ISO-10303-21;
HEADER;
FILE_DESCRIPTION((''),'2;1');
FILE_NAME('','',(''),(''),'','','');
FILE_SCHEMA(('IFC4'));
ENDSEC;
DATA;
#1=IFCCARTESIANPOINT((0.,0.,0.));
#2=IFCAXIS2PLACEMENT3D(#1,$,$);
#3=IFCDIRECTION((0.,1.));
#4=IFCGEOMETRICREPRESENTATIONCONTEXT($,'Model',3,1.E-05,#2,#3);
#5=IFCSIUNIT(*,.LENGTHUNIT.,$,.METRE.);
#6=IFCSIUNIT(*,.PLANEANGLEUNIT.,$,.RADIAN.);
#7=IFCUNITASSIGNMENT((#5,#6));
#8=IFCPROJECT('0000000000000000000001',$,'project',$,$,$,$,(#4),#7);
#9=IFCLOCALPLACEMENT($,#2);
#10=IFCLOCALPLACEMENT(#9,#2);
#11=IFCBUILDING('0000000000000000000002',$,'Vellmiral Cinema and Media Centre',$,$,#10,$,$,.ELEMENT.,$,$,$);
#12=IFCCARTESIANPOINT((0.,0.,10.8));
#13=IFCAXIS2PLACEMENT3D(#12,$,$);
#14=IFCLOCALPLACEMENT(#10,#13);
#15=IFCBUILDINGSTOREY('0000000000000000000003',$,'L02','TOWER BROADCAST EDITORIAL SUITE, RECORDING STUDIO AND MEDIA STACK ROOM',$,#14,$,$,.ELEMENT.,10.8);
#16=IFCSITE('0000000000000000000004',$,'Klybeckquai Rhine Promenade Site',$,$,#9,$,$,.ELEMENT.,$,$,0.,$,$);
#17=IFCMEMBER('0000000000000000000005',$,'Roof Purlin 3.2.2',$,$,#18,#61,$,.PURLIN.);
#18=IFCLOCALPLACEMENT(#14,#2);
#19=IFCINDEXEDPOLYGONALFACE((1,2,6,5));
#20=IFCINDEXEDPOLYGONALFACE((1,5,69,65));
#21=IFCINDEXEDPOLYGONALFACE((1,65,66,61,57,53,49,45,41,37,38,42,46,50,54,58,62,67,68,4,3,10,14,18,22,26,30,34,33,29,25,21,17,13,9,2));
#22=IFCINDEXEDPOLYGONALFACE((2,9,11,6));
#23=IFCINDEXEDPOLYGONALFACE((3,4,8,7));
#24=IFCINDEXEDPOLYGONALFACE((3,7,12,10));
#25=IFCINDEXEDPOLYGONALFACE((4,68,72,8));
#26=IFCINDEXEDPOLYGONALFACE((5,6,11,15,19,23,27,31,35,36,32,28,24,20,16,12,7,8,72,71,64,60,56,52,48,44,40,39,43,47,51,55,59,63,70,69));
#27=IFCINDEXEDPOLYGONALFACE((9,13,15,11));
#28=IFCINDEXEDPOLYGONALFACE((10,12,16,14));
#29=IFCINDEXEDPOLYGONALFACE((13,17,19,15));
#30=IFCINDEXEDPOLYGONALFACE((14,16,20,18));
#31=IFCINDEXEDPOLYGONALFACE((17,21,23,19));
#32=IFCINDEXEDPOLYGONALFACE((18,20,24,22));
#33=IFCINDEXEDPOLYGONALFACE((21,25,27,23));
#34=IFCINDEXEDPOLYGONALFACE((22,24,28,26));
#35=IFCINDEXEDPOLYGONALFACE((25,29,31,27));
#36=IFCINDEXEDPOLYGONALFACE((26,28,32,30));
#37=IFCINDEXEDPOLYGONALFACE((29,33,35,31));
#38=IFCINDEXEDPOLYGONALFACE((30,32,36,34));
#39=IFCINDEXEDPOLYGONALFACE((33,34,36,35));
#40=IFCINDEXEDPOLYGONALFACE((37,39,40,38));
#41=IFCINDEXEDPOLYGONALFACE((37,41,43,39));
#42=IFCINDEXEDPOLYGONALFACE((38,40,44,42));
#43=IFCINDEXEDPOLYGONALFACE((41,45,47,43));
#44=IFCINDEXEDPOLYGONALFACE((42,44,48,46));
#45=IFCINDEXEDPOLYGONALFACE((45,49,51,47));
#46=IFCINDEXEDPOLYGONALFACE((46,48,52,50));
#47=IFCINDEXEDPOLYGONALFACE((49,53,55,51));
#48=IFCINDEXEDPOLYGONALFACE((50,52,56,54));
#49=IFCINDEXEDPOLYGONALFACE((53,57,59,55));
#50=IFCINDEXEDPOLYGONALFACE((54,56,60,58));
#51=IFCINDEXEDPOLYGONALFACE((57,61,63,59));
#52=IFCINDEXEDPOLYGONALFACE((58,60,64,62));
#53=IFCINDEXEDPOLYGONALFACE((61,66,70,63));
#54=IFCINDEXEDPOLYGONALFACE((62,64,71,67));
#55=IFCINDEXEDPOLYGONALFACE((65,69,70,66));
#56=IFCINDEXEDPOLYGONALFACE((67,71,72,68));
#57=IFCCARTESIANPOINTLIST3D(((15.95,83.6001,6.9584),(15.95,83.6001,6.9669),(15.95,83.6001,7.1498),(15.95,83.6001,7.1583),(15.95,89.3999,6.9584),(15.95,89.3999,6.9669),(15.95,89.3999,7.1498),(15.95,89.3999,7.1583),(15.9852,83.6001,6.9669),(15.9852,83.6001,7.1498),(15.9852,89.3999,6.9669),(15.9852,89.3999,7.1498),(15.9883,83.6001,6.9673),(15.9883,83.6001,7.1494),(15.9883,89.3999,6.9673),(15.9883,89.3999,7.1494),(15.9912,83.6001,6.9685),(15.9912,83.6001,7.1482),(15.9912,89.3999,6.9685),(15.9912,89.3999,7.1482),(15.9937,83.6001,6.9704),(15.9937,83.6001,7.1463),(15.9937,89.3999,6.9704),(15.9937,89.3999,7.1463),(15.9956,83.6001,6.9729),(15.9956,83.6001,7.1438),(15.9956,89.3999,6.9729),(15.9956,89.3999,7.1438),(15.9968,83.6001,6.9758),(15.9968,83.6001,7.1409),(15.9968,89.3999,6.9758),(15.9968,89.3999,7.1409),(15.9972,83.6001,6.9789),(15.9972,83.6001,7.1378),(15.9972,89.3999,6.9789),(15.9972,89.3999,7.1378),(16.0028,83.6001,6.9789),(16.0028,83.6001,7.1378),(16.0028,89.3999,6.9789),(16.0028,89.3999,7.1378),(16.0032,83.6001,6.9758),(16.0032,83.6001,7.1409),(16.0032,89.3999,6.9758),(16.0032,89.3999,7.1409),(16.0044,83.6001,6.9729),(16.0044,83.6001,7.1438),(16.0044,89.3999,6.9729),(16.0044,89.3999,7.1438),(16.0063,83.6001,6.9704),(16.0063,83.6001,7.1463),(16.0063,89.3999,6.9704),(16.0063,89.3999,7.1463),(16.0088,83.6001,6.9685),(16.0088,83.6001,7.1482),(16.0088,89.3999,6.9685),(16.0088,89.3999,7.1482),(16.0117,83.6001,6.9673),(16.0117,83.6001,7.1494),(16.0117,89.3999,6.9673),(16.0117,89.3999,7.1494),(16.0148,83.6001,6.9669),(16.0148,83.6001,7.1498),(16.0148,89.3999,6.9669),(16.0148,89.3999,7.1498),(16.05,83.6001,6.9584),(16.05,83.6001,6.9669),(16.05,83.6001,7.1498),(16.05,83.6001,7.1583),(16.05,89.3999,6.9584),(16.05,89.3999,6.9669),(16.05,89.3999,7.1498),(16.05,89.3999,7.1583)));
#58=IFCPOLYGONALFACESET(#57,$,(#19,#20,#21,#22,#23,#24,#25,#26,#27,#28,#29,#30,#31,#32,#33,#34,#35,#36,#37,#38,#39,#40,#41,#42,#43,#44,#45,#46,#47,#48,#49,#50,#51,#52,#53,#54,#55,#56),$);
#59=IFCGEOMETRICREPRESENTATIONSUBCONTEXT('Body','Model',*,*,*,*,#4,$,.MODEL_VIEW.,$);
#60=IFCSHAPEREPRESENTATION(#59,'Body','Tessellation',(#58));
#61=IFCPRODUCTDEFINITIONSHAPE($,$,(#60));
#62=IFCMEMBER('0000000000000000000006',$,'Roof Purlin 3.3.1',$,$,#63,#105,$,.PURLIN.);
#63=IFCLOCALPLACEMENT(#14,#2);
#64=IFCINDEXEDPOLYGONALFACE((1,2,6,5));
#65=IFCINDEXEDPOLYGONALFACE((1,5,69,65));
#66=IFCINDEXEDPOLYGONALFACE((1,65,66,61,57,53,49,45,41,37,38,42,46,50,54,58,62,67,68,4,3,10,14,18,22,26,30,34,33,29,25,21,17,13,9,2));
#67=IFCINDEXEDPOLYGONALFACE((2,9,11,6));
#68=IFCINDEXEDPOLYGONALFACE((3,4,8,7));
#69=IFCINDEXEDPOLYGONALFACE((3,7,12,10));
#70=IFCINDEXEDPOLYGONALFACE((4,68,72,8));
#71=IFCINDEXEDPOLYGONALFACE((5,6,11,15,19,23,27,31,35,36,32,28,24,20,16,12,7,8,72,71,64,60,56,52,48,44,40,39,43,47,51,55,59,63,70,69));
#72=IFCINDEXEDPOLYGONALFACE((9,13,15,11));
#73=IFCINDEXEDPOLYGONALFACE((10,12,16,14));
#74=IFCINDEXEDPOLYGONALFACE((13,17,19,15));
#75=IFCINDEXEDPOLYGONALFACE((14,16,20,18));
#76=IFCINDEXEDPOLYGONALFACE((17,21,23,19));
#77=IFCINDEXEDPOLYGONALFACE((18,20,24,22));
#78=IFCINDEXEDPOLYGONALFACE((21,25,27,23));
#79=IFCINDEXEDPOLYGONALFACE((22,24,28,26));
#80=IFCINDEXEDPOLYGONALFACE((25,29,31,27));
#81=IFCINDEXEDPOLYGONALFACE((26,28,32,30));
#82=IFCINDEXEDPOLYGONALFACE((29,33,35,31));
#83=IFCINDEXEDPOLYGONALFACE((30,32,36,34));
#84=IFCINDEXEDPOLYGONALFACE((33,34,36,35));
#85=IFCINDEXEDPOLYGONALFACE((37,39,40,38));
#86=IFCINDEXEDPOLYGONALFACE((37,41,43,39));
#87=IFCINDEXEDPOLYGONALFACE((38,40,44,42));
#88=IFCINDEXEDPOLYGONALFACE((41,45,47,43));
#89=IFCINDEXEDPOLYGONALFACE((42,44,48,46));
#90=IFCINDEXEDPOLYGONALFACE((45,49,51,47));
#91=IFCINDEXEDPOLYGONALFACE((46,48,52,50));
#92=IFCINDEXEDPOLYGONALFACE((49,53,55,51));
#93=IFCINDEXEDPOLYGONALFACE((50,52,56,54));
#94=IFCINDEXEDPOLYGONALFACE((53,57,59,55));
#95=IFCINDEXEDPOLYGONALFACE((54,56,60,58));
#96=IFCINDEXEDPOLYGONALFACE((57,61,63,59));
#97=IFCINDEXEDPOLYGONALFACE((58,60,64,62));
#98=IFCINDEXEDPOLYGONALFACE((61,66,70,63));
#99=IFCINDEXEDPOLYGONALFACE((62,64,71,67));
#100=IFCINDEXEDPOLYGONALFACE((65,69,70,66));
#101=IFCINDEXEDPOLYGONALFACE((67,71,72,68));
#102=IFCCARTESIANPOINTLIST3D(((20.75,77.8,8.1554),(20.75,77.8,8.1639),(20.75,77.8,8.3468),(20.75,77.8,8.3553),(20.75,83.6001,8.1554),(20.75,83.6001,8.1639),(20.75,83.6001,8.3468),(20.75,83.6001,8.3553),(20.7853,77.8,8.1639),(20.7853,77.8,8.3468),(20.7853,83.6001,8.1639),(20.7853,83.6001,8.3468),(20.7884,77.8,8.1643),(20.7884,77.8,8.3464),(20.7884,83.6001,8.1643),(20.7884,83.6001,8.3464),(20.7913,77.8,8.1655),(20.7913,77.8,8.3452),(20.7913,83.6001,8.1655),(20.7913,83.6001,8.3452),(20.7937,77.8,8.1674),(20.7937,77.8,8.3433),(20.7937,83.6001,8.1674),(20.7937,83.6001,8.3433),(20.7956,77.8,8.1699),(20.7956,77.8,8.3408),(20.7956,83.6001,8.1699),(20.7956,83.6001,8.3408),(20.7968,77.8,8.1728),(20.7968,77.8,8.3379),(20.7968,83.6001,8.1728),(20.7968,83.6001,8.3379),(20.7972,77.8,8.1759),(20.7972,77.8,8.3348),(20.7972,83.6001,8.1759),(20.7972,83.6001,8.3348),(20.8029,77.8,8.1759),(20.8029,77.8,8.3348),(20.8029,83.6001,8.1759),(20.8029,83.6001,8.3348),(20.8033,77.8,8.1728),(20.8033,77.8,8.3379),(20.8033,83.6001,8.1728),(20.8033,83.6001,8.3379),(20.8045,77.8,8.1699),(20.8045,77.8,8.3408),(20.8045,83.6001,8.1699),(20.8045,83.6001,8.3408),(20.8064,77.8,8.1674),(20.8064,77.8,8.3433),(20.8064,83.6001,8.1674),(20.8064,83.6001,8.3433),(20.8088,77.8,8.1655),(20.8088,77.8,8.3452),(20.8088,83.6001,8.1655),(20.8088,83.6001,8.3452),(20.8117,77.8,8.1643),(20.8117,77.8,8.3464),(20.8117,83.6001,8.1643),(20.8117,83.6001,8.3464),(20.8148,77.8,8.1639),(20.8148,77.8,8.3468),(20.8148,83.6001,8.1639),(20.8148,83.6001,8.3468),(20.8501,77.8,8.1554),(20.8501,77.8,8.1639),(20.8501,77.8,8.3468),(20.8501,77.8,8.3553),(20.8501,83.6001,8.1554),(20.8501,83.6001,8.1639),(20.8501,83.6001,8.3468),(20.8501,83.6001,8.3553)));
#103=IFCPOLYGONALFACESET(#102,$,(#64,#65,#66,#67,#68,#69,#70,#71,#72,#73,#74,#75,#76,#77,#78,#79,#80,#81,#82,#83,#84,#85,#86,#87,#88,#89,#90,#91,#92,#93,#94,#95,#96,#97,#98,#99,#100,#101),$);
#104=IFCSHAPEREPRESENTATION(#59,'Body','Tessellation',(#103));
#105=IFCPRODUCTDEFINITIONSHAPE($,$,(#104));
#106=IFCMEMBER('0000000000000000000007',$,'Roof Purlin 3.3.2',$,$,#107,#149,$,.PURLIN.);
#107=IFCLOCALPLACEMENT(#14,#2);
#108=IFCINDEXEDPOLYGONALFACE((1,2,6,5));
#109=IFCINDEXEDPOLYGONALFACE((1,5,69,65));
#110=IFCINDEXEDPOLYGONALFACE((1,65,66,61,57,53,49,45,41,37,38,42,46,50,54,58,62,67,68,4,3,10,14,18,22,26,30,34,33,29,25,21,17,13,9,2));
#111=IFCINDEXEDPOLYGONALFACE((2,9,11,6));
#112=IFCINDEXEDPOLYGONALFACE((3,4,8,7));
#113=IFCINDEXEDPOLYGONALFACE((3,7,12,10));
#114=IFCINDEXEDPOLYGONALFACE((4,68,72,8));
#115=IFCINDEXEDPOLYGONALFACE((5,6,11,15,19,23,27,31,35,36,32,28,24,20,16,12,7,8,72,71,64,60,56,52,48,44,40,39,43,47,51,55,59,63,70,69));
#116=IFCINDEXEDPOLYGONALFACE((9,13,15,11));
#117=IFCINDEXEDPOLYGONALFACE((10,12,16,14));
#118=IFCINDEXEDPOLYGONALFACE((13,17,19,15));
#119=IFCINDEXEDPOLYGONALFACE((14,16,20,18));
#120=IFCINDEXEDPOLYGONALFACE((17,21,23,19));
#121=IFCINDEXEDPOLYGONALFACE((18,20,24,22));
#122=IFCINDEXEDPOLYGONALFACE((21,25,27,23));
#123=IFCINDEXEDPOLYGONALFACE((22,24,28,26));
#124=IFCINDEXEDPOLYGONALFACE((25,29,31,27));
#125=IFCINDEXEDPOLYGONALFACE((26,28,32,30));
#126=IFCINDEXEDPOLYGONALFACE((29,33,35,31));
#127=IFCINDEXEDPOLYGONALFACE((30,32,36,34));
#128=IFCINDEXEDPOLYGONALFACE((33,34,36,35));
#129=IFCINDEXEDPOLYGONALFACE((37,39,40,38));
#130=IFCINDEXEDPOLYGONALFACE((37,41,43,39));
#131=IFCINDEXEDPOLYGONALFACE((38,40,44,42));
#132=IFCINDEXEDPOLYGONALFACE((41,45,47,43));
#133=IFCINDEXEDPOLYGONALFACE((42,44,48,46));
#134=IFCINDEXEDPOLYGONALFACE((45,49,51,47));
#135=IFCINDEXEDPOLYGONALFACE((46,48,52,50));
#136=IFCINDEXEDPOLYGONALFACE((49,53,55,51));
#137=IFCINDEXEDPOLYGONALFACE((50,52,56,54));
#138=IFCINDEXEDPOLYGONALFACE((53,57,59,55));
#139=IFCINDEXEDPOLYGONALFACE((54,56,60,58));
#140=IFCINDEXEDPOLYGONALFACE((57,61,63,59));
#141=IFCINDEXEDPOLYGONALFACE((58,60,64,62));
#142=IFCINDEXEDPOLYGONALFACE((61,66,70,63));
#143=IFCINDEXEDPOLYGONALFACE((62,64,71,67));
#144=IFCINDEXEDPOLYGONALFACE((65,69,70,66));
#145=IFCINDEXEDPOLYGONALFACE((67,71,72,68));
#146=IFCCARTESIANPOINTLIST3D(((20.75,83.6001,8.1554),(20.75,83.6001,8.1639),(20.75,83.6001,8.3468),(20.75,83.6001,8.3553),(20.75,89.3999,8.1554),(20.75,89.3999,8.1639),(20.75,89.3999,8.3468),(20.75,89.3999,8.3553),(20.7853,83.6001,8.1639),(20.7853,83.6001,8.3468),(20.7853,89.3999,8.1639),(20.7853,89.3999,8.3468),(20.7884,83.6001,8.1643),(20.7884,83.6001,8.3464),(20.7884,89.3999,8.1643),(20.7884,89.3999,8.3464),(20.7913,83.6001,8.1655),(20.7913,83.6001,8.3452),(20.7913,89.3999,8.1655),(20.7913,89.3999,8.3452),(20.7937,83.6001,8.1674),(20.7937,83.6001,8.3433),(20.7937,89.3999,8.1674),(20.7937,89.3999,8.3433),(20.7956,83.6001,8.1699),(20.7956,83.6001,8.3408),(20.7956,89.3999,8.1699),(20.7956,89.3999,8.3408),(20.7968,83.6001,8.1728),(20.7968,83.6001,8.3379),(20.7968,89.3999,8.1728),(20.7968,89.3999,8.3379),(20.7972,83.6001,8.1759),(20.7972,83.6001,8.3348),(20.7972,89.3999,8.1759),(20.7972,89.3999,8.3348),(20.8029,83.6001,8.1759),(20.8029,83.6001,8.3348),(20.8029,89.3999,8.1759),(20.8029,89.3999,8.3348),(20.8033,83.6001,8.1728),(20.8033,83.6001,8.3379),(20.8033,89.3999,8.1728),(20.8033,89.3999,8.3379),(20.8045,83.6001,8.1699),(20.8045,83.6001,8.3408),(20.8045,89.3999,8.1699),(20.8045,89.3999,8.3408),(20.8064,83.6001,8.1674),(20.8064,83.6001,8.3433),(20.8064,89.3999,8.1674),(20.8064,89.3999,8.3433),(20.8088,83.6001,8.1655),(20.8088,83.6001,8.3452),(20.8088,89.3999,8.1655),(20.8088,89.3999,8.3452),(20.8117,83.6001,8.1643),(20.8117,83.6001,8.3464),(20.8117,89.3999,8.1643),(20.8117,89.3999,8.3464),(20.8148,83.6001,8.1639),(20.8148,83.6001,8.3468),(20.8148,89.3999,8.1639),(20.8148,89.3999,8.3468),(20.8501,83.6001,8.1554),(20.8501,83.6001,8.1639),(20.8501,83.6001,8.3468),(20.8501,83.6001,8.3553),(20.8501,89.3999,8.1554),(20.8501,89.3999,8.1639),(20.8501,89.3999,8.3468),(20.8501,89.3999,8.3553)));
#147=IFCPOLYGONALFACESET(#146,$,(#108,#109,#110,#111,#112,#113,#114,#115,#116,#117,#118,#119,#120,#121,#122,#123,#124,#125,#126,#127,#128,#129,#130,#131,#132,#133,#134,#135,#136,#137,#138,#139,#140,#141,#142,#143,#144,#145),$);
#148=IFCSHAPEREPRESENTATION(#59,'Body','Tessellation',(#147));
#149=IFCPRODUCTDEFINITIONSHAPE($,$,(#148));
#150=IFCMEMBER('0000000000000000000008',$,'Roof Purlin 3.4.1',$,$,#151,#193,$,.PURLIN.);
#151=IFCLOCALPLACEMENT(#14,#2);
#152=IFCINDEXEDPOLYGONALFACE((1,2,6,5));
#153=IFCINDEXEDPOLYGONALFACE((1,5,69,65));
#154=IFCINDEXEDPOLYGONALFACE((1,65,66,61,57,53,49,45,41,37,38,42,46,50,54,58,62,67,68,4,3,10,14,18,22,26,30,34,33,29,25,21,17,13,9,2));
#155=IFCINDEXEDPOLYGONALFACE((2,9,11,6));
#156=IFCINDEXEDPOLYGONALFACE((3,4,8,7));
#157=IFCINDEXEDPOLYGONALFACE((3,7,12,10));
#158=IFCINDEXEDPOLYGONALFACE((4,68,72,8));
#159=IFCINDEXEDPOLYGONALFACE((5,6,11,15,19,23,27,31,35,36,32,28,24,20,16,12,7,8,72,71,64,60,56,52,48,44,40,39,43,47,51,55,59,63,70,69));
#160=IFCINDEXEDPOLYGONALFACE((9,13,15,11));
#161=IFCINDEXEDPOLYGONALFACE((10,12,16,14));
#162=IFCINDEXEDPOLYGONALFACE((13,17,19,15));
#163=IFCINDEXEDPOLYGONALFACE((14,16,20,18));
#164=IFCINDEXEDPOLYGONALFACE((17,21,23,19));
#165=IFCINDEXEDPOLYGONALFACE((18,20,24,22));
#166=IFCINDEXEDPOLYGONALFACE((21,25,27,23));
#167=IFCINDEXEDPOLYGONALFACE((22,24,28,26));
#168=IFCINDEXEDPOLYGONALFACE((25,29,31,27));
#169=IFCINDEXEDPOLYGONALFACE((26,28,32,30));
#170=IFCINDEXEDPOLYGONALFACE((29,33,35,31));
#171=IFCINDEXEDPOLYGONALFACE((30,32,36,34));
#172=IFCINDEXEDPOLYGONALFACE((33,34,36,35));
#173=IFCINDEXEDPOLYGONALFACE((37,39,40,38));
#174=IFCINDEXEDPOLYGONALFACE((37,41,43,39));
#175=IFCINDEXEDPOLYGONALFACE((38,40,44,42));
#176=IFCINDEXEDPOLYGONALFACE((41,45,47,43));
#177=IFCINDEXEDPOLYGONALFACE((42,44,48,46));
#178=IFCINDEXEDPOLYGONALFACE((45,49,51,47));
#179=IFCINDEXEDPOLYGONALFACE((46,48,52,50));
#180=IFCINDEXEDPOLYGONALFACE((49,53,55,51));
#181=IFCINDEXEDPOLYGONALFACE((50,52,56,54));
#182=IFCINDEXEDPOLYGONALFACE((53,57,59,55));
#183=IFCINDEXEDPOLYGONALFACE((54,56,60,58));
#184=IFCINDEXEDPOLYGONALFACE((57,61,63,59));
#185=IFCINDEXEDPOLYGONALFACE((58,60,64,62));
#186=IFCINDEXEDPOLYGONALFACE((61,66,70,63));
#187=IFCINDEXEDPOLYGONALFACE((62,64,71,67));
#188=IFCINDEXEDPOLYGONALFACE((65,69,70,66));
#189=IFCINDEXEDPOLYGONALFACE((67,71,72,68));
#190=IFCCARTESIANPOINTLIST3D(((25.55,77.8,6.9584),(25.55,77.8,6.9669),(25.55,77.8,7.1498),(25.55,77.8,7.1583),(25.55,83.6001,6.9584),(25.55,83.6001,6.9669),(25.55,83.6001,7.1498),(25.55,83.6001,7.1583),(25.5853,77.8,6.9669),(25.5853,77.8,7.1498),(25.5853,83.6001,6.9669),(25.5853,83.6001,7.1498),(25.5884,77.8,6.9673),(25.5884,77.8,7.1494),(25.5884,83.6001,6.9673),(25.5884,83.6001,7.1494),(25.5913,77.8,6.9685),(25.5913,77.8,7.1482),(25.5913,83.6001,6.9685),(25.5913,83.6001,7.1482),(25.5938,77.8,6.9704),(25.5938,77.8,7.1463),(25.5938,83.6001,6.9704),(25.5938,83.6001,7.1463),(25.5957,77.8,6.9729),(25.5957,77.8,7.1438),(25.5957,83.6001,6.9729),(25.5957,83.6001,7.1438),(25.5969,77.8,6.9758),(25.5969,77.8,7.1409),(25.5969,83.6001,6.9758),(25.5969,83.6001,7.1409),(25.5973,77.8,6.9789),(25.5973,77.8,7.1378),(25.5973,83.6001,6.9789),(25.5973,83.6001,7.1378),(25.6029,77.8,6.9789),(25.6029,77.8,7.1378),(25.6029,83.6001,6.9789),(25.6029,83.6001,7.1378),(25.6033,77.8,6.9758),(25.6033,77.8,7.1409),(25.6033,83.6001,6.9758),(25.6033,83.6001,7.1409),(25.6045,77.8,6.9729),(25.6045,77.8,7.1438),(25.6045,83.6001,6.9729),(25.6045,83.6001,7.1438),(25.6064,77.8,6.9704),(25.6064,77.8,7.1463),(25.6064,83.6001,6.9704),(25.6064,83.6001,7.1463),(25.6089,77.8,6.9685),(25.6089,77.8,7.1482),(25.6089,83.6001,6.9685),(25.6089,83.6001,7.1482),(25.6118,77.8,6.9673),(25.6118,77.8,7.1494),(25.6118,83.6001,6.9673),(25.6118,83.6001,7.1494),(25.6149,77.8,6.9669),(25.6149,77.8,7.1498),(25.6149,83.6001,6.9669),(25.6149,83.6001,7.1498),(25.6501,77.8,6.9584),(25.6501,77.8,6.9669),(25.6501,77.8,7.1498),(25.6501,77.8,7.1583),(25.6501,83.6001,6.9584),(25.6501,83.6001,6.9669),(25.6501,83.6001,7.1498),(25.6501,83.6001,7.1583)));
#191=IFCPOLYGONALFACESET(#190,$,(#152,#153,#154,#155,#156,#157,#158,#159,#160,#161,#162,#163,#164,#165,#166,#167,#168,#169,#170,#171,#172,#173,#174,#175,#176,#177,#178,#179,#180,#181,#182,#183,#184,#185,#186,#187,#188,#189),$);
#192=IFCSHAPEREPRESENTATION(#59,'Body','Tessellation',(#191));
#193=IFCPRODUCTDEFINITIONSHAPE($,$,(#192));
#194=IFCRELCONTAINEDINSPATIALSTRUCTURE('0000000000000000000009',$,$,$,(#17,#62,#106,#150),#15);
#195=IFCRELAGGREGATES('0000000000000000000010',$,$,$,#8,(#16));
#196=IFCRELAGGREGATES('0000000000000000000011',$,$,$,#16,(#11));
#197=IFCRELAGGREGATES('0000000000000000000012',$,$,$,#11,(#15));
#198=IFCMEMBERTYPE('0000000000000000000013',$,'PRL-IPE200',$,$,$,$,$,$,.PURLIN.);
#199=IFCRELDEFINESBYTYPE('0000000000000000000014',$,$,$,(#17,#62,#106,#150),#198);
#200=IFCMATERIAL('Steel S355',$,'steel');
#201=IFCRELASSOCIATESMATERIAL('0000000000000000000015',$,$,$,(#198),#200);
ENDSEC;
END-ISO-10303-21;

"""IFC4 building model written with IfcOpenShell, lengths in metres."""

from ifc_helpers import new_model, si_unit, direction, frame, origin, origin_2d, place, context, subcontext, project, spatial, i_section, extrude, material, material_profile, profile_set, type_object, element, save


model = new_model("IFC4")

# Units and contexts
model_context = context("Model", 3, precision=1e-05, world=origin(), true_north=direction((0.0, 1.0)))
body_context = subcontext(model_context, "Body", "Model", "MODEL_VIEW")
ifc_project = project(units=[si_unit("LENGTHUNIT", "METRE"), si_unit("PLANEANGLEUNIT", "RADIAN")], contexts=[model_context])

# Site, building, storey
site_placement = place(None, origin())
site = spatial("IfcSite", under=ifc_project, at=site_placement, Name="Klybeckquai Rhine Promenade Site", CompositionType="ELEMENT", RefElevation=0.0)
building_placement = place(site_placement, origin())
building = spatial("IfcBuilding", under=site, at=building_placement, Name="Vellmiral Cinema and Media Centre", CompositionType="ELEMENT")
storey_placement = place(building_placement, frame((0.0, 0.0, 10.8)))
storey = spatial("IfcBuildingStorey", under=building, at=storey_placement, Name="L02", Description="TOWER BROADCAST EDITORIAL SUITE, RECORDING STUDIO AND MEDIA STACK ROOM", CompositionType="ELEMENT", Elevation=10.8)

# Members
ifc_material_1 = material(Name="Steel S355", Category="steel")
ifc_material_profile_1 = material_profile(ifc_material_1, i_section(OverallWidth=0.1001, OverallDepth=0.2, WebThickness=0.0056, FlangeThickness=0.0085, FilletRadius=0.012, at=origin_2d()), Name="IPE 200")
ifc_profile_set_1 = profile_set([ifc_material_profile_1], Name="Steel S355")
member_type_1 = type_object("IfcMemberType", Name="PRL-IPE200", PredefinedType="PURLIN", material=ifc_profile_set_1)
member_1_placement = place(storey_placement, frame((16.0, 83.6001, 7.0583), z_axis=(0.0, 1.0, 0.0), x_axis=(-1.0, 0.0, 0.0)))
element("IfcMember", 1, at=member_1_placement, inside=storey, type_object=member_type_1, Name="Roof Purlin 3.2.2", PredefinedType="PURLIN", context=body_context, shape_type="SweptSolid", body=[
    extrude(i_section(OverallWidth=0.1001, OverallDepth=0.2, WebThickness=0.0056, FlangeThickness=0.0085, FilletRadius=0.012, at=origin_2d()), origin(), (0.0, 0.0, 1.0), 5.7998),
])
member_2_placement = place(storey_placement, frame((20.8, 77.8, 8.2554), z_axis=(0.0, 1.0, 0.0), x_axis=(-1.0, 0.0, 0.0)))
element("IfcMember", 2, at=member_2_placement, inside=storey, type_object=member_type_1, Name="Roof Purlin 3.3.1", PredefinedType="PURLIN", context=body_context, shape_type="SweptSolid", body=[
    extrude(i_section(OverallWidth=0.1001, OverallDepth=0.2, WebThickness=0.0056, FlangeThickness=0.0085, FilletRadius=0.012, at=origin_2d()), origin(), (0.0, 0.0, 1.0), 5.8),
])
member_3_placement = place(storey_placement, frame((20.8, 83.6001, 8.2554), z_axis=(0.0, 1.0, 0.0), x_axis=(-1.0, 0.0, 0.0)))
element("IfcMember", 3, at=member_3_placement, inside=storey, type_object=member_type_1, Name="Roof Purlin 3.3.2", PredefinedType="PURLIN", context=body_context, shape_type="SweptSolid", body=[
    extrude(i_section(OverallWidth=0.1001, OverallDepth=0.2, WebThickness=0.0056, FlangeThickness=0.0085, FilletRadius=0.012, at=origin_2d()), origin(), (0.0, 0.0, 1.0), 5.7998),
])
member_4_placement = place(storey_placement, frame((25.6001, 77.8, 7.0583), z_axis=(0.0, 1.0, 0.0), x_axis=(-1.0, 0.0, 0.0)))
element("IfcMember", 4, at=member_4_placement, inside=storey, type_object=member_type_1, Name="Roof Purlin 3.4.1", PredefinedType="PURLIN", context=body_context, shape_type="SweptSolid", body=[
    extrude(i_section(OverallWidth=0.1001, OverallDepth=0.2, WebThickness=0.0056, FlangeThickness=0.0085, FilletRadius=0.012, at=origin_2d()), origin(), (0.0, 0.0, 1.0), 5.8),
])

save(model, "model.ifc")
